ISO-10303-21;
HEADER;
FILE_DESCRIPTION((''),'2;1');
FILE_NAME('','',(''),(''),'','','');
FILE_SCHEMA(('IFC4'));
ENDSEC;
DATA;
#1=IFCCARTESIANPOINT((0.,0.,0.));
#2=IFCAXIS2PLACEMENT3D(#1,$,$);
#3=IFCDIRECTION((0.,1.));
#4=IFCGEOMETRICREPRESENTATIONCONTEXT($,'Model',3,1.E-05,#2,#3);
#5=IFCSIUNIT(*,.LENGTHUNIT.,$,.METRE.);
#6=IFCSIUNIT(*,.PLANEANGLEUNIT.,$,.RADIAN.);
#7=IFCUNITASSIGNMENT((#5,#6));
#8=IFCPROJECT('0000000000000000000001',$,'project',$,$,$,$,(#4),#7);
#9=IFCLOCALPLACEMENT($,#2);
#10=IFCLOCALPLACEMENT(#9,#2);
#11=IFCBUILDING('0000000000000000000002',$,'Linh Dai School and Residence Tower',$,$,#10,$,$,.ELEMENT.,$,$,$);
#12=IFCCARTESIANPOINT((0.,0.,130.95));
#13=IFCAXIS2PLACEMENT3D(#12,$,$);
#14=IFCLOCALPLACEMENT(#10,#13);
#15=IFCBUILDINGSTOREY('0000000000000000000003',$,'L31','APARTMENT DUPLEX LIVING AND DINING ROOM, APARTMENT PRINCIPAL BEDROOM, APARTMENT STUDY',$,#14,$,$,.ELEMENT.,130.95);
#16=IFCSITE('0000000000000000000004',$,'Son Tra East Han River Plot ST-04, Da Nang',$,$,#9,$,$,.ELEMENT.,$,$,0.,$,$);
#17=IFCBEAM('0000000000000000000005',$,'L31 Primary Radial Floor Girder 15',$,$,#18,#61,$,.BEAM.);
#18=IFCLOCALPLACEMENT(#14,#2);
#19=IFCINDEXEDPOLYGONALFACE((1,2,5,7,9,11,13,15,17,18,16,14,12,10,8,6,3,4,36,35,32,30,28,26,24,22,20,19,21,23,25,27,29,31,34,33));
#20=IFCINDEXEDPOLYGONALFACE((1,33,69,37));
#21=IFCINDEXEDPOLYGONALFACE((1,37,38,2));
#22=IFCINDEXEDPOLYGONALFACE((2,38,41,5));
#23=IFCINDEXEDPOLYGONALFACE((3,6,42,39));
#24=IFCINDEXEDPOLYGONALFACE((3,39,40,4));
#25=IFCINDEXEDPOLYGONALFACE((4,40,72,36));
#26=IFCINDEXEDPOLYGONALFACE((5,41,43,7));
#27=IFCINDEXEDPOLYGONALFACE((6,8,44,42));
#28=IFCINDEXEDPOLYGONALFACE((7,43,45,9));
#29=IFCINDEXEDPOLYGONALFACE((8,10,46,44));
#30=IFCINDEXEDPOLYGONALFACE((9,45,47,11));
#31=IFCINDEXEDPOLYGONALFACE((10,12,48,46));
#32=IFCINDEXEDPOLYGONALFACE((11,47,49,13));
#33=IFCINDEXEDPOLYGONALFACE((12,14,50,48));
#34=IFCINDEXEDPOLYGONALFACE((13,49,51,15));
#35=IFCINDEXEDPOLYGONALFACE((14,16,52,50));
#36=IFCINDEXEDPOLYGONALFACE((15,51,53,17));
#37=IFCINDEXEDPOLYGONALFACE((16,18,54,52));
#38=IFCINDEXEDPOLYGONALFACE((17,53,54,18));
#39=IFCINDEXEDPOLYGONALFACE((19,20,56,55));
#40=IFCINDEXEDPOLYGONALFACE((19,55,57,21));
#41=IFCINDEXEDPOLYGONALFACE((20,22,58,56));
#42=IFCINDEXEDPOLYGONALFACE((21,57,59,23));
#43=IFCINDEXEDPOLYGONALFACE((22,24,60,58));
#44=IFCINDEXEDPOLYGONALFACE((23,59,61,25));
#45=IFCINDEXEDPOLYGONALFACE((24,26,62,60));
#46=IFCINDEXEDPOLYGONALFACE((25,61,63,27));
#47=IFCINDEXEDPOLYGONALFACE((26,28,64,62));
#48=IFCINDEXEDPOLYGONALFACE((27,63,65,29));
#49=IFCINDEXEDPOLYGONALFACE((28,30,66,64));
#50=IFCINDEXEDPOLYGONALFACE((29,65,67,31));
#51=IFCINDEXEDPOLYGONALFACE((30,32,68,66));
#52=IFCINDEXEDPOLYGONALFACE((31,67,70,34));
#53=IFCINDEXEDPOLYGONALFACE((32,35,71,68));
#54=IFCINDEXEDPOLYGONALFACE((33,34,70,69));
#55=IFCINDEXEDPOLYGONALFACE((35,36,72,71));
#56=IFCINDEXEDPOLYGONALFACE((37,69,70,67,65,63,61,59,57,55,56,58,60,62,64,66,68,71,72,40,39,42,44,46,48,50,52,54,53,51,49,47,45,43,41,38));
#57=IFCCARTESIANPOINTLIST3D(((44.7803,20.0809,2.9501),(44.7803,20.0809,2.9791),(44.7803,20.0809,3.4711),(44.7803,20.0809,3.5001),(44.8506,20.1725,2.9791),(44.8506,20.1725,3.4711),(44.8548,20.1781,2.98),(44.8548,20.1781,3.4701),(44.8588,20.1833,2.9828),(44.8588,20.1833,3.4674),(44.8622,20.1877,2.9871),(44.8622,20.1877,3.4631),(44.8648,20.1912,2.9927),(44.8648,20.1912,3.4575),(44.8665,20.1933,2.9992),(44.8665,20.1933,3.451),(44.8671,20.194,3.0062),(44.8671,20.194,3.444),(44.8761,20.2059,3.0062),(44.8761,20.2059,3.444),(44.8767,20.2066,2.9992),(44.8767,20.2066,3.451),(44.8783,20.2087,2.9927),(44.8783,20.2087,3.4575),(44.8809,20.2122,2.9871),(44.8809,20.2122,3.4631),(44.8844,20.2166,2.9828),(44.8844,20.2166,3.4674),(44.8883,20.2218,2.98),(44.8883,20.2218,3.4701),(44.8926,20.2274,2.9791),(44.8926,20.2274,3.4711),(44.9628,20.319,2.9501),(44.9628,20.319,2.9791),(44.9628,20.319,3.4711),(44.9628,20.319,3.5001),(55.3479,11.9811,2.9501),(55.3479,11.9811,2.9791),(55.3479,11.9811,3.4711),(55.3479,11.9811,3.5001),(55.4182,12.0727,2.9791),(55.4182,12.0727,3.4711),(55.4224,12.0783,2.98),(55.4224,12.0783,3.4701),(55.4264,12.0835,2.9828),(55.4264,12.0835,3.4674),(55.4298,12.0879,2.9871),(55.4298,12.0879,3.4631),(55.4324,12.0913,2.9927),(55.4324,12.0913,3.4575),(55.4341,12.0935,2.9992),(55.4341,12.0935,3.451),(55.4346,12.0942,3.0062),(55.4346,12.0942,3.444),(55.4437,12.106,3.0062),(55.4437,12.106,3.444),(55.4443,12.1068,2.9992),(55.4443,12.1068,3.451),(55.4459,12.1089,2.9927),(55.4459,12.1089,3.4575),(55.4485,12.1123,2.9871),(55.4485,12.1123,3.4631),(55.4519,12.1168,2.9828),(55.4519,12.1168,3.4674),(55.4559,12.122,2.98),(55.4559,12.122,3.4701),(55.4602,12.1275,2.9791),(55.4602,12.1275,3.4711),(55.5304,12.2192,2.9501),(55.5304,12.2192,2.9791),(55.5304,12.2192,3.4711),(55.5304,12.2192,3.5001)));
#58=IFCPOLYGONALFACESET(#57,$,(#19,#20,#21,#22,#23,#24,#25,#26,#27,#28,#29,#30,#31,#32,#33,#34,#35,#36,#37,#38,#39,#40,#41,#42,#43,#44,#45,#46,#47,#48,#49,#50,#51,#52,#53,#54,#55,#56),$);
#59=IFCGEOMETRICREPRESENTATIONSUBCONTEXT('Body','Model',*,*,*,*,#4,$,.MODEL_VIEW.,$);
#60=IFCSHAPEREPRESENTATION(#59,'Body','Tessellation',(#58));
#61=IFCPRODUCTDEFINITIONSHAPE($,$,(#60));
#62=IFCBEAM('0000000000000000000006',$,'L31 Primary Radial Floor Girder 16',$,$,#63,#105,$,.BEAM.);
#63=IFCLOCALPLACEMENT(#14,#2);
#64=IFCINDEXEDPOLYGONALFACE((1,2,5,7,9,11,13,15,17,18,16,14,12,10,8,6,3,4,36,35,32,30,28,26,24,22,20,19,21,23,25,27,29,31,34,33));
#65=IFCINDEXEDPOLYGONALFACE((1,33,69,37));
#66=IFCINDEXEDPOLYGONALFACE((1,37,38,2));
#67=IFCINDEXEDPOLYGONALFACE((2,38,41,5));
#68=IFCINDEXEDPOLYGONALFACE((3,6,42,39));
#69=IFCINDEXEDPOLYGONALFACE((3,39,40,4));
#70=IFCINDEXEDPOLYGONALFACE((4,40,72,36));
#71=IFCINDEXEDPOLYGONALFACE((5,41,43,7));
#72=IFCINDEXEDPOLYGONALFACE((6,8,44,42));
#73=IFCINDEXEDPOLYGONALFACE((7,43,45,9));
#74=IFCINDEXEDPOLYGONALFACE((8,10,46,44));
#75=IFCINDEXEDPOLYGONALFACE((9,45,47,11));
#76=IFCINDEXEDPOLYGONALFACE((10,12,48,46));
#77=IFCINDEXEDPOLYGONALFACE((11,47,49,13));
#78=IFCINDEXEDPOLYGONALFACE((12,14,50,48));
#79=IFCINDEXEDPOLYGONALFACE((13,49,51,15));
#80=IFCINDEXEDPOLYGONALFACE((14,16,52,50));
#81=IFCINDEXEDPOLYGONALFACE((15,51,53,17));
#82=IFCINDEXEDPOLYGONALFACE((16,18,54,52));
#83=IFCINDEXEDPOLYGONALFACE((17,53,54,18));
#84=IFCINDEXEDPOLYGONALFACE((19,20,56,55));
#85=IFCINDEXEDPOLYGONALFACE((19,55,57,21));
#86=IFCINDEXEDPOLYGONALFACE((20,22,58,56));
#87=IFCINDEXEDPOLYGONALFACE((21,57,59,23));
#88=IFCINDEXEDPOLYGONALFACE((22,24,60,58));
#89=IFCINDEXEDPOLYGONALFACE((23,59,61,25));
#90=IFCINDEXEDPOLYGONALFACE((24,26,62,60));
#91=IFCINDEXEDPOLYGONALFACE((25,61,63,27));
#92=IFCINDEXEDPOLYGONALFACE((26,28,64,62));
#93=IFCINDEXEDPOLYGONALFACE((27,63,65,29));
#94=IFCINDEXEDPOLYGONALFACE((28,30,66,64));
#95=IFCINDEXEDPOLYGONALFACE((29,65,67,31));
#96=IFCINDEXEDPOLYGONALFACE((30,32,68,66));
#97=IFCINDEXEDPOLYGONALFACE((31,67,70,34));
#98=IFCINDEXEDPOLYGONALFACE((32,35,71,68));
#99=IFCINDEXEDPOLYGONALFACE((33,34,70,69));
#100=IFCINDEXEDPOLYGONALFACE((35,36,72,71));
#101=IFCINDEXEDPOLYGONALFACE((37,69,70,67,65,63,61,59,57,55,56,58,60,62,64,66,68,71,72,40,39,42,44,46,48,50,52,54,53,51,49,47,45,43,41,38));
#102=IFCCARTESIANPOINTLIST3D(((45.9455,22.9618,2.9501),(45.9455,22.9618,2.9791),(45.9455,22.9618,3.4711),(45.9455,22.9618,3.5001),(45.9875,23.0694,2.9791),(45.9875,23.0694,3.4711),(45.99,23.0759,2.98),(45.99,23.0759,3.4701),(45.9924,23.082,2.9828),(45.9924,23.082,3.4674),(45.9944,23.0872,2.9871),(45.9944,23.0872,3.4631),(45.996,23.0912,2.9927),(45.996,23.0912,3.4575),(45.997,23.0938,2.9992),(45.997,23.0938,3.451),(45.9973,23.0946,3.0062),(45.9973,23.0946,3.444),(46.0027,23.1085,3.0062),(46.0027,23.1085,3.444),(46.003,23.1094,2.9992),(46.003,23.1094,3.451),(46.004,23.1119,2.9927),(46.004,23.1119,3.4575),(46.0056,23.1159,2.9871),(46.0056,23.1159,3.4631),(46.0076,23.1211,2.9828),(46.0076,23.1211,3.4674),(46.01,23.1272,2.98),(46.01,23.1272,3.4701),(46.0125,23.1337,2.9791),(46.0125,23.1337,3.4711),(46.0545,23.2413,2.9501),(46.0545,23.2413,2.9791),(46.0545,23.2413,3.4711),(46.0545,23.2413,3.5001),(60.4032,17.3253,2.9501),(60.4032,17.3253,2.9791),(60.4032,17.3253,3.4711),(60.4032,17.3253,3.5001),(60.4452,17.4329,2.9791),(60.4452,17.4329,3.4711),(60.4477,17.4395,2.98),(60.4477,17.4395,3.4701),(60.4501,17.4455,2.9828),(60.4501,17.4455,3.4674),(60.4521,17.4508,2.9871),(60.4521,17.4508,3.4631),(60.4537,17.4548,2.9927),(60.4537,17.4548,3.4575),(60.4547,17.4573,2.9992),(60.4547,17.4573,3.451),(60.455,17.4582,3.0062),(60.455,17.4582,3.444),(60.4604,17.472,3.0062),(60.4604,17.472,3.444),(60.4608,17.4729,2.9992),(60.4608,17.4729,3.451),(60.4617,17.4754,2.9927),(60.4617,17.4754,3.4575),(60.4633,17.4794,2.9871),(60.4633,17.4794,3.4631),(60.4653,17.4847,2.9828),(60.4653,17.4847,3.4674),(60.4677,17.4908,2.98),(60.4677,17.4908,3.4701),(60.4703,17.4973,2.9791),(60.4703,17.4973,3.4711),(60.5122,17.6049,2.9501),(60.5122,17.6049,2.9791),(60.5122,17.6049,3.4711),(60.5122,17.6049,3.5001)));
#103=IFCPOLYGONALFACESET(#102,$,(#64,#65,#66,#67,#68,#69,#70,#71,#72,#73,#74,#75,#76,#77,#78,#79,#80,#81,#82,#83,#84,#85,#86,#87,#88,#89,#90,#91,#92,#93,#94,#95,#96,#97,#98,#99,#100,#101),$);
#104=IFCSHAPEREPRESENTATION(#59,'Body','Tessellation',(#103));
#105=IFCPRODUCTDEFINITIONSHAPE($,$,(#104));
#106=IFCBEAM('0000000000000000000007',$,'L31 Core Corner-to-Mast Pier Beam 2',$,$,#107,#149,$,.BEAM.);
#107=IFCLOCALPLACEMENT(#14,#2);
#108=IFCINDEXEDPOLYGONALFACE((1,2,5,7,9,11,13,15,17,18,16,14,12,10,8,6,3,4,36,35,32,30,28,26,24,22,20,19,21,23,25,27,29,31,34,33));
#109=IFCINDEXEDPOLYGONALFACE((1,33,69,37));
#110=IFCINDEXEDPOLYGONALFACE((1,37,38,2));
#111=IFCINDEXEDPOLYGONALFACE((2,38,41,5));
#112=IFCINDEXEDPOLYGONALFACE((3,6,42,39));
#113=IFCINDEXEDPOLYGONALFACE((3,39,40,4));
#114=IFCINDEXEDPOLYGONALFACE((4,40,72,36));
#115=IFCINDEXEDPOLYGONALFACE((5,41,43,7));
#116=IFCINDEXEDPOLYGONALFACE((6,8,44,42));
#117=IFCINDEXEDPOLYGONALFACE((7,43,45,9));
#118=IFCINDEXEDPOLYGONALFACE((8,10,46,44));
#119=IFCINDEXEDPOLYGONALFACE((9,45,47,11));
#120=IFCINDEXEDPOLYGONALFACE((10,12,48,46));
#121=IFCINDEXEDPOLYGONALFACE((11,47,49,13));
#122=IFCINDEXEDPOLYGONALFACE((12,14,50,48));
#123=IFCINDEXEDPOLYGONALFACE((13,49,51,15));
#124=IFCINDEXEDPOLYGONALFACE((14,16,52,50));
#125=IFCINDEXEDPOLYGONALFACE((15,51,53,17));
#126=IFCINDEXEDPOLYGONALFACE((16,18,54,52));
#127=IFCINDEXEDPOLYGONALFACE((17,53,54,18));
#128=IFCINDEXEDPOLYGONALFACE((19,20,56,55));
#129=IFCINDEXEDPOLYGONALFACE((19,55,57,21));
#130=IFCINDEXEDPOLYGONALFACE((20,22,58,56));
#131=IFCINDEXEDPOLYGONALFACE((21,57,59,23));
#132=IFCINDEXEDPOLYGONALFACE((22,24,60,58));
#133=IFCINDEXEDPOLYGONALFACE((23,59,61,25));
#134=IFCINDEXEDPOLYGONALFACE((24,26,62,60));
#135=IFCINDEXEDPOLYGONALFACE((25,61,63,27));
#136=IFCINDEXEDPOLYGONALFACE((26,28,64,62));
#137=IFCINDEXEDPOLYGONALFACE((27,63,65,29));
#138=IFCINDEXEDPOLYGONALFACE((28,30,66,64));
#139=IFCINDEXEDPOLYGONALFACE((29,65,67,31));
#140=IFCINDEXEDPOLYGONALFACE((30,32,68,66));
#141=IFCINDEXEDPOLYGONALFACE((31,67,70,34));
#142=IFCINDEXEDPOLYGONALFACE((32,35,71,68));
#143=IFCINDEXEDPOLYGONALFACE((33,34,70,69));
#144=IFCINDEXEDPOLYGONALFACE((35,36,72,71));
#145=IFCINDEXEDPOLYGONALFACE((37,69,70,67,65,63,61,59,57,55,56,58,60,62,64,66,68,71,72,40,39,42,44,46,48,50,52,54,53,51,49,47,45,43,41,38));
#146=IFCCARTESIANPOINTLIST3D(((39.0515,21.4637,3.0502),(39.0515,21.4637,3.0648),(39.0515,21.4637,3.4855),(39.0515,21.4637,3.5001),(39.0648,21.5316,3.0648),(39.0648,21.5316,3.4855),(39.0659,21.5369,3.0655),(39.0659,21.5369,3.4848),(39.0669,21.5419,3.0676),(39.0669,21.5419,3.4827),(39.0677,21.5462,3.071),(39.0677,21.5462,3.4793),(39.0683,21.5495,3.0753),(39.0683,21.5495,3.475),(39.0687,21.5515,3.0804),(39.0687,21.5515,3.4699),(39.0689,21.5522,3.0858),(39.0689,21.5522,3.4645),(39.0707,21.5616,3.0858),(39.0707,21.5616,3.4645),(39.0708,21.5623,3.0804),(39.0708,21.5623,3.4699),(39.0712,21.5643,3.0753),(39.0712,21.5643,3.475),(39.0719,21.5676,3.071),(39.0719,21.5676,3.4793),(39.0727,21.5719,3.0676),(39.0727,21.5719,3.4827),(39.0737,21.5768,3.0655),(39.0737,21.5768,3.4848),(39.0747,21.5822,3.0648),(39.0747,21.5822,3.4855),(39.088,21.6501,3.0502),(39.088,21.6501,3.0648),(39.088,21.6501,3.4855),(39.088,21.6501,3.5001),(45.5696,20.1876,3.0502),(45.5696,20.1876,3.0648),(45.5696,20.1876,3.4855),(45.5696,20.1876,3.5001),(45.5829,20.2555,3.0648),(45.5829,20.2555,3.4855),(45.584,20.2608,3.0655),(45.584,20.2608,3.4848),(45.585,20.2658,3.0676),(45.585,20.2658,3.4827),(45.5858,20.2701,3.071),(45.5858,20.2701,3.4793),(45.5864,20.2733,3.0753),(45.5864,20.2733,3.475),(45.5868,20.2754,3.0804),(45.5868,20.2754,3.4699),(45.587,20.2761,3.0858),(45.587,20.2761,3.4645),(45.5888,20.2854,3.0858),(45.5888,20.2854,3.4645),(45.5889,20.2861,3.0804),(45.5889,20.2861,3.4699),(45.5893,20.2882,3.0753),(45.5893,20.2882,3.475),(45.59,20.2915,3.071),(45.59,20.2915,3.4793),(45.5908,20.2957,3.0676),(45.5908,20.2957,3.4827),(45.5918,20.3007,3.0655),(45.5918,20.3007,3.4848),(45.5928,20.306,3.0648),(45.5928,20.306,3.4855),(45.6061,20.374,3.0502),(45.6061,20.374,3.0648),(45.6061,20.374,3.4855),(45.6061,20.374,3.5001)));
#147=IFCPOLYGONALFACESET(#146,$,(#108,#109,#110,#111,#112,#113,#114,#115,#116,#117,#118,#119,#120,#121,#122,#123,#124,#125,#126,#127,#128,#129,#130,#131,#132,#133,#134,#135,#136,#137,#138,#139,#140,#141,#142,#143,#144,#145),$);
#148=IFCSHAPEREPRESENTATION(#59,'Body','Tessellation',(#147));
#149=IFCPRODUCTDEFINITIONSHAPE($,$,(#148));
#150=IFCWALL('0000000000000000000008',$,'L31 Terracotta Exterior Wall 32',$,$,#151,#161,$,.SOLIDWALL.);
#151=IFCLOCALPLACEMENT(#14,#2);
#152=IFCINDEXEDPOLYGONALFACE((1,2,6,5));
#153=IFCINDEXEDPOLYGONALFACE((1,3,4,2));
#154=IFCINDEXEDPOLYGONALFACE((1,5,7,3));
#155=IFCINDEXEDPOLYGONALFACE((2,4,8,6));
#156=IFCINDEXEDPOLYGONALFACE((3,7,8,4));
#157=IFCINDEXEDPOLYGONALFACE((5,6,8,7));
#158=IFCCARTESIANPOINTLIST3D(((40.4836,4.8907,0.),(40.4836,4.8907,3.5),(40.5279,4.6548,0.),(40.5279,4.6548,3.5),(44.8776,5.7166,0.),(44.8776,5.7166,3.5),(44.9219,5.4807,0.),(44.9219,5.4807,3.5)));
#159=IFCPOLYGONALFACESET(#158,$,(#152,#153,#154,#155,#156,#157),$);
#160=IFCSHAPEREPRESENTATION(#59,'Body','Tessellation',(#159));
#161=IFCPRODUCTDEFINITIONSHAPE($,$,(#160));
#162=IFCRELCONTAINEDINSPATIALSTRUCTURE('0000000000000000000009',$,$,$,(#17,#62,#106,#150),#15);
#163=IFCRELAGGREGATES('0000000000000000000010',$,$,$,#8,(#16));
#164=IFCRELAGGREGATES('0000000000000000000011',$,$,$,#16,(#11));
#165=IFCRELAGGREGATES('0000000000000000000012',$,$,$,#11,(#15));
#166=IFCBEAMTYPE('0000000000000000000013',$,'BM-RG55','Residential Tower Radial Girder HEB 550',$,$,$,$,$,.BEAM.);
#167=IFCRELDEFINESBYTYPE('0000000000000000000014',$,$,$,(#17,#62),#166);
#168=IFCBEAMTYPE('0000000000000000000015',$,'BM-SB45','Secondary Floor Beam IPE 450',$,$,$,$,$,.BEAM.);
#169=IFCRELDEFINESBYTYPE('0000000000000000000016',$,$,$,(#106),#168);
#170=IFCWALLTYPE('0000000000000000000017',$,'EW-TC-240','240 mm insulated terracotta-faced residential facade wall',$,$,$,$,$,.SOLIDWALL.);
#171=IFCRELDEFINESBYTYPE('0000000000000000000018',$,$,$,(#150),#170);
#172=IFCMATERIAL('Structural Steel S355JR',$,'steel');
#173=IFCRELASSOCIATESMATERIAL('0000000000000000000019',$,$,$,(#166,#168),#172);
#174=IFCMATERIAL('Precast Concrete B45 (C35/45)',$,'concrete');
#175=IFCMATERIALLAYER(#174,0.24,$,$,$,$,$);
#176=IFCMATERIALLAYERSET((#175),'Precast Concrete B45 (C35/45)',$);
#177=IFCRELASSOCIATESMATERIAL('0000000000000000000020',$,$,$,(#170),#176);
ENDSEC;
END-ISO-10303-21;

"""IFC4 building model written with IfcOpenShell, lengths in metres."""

from ifc_helpers import new_model, si_unit, direction, frame, frame_2d, origin, origin_2d, place, context, subcontext, project, spatial, rectangle, i_section, extrude, material, layer, layer_set, material_profile, profile_set, type_object, element, save


model = new_model("IFC4")

# Units and contexts
model_context = context("Model", 3, precision=1e-05, world=origin(), true_north=direction((0.0, 1.0)))
body_context = subcontext(model_context, "Body", "Model", "MODEL_VIEW")
ifc_project = project(units=[si_unit("LENGTHUNIT", "METRE"), si_unit("PLANEANGLEUNIT", "RADIAN")], contexts=[model_context])

# Site, building, storey
site_placement = place(None, origin())
site = spatial("IfcSite", under=ifc_project, at=site_placement, Name="Son Tra East Han River Plot ST-04, Da Nang", CompositionType="ELEMENT", RefElevation=0.0)
building_placement = place(site_placement, origin())
building = spatial("IfcBuilding", under=site, at=building_placement, Name="Linh Dai School and Residence Tower", CompositionType="ELEMENT")
storey_placement = place(building_placement, frame((0.0, 0.0, 130.95)))
storey = spatial("IfcBuildingStorey", under=building, at=storey_placement, Name="L31", Description="APARTMENT DUPLEX LIVING AND DINING ROOM, APARTMENT PRINCIPAL BEDROOM, APARTMENT STUDY", CompositionType="ELEMENT", Elevation=130.95)

# Shared definitions
ifc_material_1 = material(Name="Structural Steel S355JR", Category="steel")

# Beams
ifc_material_profile_1 = material_profile(ifc_material_1, i_section(OverallWidth=0.3, OverallDepth=0.55, WebThickness=0.0149, FlangeThickness=0.0291, FilletRadius=0.0271, at=origin_2d()), Name="HEB 550")
ifc_profile_set_1 = profile_set([ifc_material_profile_1], Name="Structural Steel S355JR")
beam_type_1 = type_object("IfcBeamType", Name="BM-RG55", Description="Residential Tower Radial Girder HEB 550", PredefinedType="BEAM", material=ifc_profile_set_1)
beam_1_placement = place(storey_placement, frame((44.8716, 20.2, 3.2251), z_axis=(0.793679, -0.608337, 0.0), x_axis=(0.608337, 0.793679, 0.0)))
element("IfcBeam", 1, at=beam_1_placement, inside=storey, type_object=beam_type_1, Name="L31 Primary Radial Floor Girder 15", PredefinedType="BEAM", context=body_context, shape_type="SweptSolid", body=[
    extrude(i_section(OverallWidth=0.3, OverallDepth=0.55, WebThickness=0.0149, FlangeThickness=0.0291, FilletRadius=0.0271, at=origin_2d()), origin(), (0.0, 0.0, 1.0), 13.3147),
])
beam_2_placement = place(storey_placement, frame((46.0, 23.1016, 3.2251), z_axis=(0.931699, -0.36323, 0.0), x_axis=(0.36323, 0.931699, 0.0)))
element("IfcBeam", 2, at=beam_2_placement, inside=storey, type_object=beam_type_1, Name="L31 Primary Radial Floor Girder 16", PredefinedType="BEAM", context=body_context, shape_type="SweptSolid", body=[
    extrude(i_section(OverallWidth=0.3, OverallDepth=0.55, WebThickness=0.0149, FlangeThickness=0.0291, FilletRadius=0.0271, at=origin_2d()), origin(), (0.0, 0.0, 1.0), 15.5176),
])
ifc_material_profile_2 = material_profile(ifc_material_1, i_section(OverallWidth=0.1899, OverallDepth=0.45, WebThickness=0.0095, FlangeThickness=0.0146, FilletRadius=0.021, at=origin_2d()), Name="IPE 450")
ifc_profile_set_2 = profile_set([ifc_material_profile_2], Name="Structural Steel S355JR")
beam_type_2 = type_object("IfcBeamType", Name="BM-SB45", Description="Secondary Floor Beam IPE 450", PredefinedType="BEAM", material=ifc_profile_set_2)
beam_3_placement = place(storey_placement, frame((45.5879, 20.2808, 3.2751), z_axis=(-0.981369, 0.192135, 0.0), x_axis=(-0.192135, -0.981369, 0.0)))
element("IfcBeam", 3, at=beam_3_placement, inside=storey, type_object=beam_type_2, Name="L31 Core Corner-to-Mast Pier Beam 2", PredefinedType="BEAM", context=body_context, shape_type="SweptSolid", body=[
    extrude(i_section(OverallWidth=0.1899, OverallDepth=0.45, WebThickness=0.0095, FlangeThickness=0.0146, FilletRadius=0.021, at=origin_2d()), origin(), (0.0, 0.0, 1.0), 6.6418),
])

# Wall
ifc_material_2 = material(Name="Precast Concrete B45 (C35/45)", Category="concrete")
ifc_layer_1 = layer(ifc_material_2, 0.24)
ifc_layer_set_1 = layer_set([ifc_layer_1], Name="Precast Concrete B45 (C35/45)")
wall_type_1 = type_object("IfcWallType", Name="EW-TC-240", Description="240 mm insulated terracotta-faced residential facade wall", PredefinedType="SOLIDWALL", material=ifc_layer_set_1)
wall_1_placement = place(storey_placement, frame((44.8997, 5.5986, 0.0), z_axis=(0.0, 0.0, 1.0), x_axis=(-0.982789, -0.18473, 0.0)))
element("IfcWall", 4, at=wall_1_placement, inside=storey, type_object=wall_type_1, Name="L31 Terracotta Exterior Wall 32", PredefinedType="SOLIDWALL", context=body_context, shape_type="SweptSolid", body=[
    extrude(rectangle(XDim=4.4709, YDim=0.24, at=frame_2d((2.2354, 0.0))), origin(), (0.0, 0.0, 1.0), 3.5),
])

save(model, "model.ifc")
